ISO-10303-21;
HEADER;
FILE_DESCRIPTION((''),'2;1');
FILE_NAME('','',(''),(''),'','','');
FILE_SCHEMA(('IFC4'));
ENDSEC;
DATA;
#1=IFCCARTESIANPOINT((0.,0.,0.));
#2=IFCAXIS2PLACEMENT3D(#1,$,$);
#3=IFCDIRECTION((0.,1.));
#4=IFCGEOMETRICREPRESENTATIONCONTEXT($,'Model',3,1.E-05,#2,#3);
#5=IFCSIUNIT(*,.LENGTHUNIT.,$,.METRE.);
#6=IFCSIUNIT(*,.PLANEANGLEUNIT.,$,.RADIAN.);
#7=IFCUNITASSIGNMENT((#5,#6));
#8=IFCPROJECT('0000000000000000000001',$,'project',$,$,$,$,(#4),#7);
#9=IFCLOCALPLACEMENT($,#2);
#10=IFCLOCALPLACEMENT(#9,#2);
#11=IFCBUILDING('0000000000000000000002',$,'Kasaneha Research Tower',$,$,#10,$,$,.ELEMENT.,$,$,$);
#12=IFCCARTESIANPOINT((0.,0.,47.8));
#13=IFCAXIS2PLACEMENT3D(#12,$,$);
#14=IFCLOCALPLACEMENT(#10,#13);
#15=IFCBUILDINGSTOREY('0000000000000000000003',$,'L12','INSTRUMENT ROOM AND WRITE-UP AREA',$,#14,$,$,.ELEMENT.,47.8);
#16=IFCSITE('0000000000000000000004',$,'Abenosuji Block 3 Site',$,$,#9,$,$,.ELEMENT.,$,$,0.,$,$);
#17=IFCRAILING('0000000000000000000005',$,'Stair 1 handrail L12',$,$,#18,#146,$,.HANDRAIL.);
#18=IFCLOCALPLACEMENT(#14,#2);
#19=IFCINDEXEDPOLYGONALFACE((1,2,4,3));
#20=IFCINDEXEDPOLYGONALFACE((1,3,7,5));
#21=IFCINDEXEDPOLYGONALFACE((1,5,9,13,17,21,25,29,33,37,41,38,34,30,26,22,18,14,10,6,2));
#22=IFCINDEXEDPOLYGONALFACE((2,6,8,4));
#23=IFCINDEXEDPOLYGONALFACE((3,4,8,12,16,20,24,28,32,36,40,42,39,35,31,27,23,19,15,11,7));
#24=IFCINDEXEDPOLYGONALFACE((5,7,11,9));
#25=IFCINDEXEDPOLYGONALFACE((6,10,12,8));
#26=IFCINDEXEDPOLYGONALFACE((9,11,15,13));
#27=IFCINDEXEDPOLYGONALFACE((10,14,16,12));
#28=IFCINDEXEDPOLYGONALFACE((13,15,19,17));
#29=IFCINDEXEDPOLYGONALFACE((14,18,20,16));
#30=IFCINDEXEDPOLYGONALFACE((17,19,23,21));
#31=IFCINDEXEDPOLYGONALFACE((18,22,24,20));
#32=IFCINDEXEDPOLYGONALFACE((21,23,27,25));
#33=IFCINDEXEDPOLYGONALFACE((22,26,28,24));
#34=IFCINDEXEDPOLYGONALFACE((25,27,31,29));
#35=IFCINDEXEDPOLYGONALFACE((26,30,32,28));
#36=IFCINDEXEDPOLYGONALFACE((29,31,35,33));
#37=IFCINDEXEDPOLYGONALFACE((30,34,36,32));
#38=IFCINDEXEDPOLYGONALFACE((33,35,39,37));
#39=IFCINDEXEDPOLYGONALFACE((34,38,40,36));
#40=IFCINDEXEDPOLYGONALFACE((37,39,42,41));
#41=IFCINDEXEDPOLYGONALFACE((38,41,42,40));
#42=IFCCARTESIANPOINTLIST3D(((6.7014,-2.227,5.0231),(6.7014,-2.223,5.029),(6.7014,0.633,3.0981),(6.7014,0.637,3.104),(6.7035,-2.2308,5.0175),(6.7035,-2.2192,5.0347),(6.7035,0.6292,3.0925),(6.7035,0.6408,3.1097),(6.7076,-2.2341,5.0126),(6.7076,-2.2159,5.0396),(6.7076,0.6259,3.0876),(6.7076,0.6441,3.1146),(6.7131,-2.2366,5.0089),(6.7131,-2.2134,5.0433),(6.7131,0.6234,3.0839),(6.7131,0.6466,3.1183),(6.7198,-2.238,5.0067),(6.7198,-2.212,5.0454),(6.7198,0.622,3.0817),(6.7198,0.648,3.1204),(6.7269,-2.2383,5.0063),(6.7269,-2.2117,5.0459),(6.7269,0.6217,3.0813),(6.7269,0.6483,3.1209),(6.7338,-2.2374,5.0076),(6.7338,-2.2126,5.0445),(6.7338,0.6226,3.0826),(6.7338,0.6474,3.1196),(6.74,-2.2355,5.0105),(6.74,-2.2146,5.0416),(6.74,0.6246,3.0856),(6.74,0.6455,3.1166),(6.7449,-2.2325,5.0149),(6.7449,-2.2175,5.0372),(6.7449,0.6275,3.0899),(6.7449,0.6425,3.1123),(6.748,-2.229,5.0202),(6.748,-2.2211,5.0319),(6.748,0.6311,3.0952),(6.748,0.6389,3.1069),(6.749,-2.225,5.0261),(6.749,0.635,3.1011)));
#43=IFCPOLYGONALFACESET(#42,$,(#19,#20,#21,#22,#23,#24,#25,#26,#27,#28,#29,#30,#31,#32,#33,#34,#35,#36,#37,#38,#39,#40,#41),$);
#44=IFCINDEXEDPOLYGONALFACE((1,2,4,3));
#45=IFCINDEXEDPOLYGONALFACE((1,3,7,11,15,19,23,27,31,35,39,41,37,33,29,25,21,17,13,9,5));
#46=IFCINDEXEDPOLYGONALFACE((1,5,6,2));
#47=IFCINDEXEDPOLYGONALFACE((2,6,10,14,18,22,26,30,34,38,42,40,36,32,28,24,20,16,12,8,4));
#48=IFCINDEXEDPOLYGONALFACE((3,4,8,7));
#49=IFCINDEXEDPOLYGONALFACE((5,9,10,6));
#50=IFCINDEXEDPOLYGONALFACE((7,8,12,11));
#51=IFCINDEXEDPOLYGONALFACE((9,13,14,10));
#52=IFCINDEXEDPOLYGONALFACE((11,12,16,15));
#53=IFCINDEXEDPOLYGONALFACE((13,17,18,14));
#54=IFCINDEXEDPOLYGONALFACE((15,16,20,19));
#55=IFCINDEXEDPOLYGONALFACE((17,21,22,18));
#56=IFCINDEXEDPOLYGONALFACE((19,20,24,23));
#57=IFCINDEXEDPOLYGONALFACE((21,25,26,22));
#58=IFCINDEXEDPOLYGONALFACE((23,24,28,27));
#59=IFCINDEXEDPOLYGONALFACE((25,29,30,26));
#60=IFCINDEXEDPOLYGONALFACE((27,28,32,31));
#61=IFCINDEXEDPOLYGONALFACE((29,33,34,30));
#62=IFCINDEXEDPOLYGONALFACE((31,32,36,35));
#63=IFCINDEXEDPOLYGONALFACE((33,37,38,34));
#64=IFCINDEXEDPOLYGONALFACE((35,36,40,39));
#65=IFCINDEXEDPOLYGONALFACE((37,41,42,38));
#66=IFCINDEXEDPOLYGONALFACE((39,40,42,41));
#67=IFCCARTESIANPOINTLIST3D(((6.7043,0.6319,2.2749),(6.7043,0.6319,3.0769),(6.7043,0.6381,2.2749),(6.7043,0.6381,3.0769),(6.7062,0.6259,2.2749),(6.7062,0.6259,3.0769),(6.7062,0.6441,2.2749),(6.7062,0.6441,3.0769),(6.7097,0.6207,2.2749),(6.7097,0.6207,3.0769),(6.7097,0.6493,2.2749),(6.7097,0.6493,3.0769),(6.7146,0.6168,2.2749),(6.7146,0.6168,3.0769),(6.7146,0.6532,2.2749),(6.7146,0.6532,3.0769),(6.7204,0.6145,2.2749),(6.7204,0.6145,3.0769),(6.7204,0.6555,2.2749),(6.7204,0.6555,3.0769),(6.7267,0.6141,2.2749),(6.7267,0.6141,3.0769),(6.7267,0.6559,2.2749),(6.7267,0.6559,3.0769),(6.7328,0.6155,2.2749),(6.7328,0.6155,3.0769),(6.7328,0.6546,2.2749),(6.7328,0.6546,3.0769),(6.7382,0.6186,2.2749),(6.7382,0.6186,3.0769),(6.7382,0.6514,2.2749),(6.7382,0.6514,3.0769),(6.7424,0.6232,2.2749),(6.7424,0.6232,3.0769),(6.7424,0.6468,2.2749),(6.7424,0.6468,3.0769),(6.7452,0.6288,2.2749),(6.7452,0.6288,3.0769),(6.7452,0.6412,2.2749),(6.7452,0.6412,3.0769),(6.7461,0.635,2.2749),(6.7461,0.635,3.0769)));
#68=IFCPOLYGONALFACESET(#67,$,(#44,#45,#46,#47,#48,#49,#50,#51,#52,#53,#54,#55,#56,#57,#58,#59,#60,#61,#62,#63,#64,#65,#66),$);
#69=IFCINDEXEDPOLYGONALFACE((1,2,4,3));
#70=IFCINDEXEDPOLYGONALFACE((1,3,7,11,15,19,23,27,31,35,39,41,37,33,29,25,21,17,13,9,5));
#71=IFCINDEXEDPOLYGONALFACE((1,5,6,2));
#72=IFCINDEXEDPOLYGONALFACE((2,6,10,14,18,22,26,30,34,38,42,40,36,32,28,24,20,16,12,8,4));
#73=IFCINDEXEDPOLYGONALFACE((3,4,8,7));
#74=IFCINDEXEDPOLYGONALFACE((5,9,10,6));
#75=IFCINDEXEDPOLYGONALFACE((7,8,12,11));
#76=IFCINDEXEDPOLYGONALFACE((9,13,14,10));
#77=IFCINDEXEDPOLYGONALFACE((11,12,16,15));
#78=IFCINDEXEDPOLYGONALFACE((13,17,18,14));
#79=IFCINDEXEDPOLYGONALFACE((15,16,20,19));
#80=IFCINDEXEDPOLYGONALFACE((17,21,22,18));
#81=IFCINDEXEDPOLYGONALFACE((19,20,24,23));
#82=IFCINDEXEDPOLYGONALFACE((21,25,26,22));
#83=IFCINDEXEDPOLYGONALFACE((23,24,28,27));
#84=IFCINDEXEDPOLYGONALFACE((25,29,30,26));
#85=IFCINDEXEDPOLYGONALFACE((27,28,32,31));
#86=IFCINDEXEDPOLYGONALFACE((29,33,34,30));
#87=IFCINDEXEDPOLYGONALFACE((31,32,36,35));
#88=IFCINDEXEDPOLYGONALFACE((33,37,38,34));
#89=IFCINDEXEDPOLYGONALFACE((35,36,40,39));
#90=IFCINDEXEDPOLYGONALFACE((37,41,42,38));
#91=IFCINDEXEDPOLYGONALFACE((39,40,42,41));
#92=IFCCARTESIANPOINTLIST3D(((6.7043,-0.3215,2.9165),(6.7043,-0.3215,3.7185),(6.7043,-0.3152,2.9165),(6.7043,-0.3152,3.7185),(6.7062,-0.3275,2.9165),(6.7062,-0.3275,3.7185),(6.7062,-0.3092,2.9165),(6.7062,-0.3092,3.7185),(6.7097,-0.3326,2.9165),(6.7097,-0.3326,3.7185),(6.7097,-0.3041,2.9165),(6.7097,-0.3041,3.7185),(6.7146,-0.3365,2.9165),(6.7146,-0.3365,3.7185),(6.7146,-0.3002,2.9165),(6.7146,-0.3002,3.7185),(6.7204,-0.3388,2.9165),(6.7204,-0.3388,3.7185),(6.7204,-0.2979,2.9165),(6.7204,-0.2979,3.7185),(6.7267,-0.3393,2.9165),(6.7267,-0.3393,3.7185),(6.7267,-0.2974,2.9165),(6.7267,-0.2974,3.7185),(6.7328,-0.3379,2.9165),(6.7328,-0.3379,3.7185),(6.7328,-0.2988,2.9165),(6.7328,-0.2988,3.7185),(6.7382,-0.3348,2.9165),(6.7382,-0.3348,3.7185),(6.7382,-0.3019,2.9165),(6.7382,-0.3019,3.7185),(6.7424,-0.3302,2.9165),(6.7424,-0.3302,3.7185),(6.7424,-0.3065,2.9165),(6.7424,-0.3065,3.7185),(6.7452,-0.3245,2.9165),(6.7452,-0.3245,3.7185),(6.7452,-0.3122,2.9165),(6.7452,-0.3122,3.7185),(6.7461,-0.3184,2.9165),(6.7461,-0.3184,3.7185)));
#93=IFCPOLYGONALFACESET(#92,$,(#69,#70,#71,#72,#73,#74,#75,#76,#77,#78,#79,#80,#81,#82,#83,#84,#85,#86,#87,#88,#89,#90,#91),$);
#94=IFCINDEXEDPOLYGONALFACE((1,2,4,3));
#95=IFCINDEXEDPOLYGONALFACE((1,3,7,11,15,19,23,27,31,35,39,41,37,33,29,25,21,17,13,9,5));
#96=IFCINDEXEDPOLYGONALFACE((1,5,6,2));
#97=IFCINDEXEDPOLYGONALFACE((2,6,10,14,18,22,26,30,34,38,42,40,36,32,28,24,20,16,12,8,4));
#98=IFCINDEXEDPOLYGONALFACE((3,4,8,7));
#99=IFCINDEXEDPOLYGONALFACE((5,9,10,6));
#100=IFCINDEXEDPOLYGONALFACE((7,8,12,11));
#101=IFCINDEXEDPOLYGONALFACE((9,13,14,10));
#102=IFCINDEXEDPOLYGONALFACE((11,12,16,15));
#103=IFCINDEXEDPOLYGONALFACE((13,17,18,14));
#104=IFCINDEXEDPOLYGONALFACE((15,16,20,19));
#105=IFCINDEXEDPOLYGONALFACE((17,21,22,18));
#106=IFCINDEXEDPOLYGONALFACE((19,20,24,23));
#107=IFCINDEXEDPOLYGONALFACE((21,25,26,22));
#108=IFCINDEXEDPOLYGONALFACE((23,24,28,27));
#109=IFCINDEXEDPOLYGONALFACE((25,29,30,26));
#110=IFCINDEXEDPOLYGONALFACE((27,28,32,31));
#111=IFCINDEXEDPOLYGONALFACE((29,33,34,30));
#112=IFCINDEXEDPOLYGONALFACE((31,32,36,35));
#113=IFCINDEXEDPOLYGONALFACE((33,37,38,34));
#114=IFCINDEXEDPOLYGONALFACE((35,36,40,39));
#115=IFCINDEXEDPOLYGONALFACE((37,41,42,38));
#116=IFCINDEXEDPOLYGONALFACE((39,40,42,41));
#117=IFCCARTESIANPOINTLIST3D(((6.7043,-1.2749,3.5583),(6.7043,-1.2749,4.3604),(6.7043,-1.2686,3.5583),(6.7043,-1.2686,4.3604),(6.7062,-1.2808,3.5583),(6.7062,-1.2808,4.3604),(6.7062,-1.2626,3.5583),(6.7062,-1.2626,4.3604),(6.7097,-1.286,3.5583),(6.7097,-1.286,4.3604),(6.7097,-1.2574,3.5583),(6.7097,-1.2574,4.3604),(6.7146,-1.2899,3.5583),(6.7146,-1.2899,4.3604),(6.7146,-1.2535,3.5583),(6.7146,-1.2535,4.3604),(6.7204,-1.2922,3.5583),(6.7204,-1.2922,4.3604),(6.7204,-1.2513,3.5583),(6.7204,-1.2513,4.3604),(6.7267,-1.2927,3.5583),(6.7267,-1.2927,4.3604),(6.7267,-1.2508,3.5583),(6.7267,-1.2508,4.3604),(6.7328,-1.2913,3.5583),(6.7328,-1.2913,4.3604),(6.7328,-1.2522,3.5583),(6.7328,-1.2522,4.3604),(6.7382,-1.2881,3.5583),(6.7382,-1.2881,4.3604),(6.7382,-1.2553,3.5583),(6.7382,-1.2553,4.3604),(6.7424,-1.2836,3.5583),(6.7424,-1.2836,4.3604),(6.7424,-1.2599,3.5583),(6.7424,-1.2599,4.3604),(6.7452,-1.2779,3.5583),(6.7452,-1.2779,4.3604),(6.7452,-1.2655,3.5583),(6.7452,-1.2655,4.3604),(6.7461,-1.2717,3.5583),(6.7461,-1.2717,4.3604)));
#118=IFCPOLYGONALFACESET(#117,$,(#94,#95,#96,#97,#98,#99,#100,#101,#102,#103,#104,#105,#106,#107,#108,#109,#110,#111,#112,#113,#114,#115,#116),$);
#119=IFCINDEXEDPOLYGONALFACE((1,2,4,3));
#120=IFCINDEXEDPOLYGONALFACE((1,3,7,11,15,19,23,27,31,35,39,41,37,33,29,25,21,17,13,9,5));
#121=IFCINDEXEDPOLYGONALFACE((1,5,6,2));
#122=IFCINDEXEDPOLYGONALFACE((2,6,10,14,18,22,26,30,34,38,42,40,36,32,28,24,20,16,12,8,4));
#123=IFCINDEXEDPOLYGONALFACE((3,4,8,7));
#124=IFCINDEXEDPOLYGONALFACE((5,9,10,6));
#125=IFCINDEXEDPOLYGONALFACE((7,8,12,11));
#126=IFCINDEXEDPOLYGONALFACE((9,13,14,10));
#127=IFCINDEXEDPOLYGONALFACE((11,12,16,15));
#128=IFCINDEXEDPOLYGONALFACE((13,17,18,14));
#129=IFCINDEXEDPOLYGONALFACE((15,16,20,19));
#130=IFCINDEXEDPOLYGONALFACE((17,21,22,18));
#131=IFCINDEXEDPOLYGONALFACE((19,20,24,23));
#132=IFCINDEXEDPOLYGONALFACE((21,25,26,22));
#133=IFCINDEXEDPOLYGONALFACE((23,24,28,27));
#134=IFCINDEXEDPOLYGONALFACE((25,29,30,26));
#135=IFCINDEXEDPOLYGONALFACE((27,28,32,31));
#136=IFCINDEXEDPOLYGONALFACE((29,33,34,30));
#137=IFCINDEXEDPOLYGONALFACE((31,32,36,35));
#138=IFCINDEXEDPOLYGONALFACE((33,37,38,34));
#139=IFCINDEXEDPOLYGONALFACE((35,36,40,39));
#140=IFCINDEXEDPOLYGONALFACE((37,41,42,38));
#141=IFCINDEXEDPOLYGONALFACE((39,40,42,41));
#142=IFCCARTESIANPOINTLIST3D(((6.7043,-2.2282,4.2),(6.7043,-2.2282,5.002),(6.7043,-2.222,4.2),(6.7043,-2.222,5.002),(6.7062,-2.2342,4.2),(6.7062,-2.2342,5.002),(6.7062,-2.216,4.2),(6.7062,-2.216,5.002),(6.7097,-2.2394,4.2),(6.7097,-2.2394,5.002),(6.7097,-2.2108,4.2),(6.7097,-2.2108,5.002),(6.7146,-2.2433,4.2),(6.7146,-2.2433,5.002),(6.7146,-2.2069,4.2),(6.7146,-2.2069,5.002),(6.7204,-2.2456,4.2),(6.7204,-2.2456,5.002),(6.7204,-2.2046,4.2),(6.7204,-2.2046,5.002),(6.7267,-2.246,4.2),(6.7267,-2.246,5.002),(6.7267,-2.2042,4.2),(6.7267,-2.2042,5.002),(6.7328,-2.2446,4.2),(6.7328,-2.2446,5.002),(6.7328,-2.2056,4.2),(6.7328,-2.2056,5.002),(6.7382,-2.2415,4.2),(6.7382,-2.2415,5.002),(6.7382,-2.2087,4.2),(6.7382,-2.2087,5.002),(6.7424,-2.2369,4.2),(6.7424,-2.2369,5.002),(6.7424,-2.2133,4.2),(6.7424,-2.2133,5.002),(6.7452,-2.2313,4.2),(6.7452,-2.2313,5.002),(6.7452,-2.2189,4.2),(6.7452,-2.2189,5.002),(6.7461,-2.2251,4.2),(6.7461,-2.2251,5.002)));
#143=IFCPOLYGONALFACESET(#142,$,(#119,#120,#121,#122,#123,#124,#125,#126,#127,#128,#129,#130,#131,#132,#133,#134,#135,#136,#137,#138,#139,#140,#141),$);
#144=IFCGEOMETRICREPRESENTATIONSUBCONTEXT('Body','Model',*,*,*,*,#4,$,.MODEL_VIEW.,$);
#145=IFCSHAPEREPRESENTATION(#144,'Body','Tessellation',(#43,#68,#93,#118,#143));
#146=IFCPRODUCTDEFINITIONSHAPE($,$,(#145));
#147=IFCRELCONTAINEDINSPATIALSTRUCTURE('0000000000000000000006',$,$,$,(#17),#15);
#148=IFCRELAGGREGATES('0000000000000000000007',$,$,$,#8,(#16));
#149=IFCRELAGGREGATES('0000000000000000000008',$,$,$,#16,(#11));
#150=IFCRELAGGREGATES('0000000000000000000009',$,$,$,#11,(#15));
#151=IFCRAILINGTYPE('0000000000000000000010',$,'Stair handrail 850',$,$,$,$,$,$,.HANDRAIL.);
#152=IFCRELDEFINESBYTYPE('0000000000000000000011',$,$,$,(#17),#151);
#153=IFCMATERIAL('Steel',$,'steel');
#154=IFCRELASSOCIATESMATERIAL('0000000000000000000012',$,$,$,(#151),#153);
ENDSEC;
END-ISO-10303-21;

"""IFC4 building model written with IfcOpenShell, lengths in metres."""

from ifc_helpers import new_model, si_unit, direction, frame, origin, origin_2d, place, context, subcontext, project, spatial, circle, extrude, material, type_object, element, save


model = new_model("IFC4")

# Units and contexts
model_context = context("Model", 3, precision=1e-05, world=origin(), true_north=direction((0.0, 1.0)))
body_context = subcontext(model_context, "Body", "Model", "MODEL_VIEW")
ifc_project = project(units=[si_unit("LENGTHUNIT", "METRE"), si_unit("PLANEANGLEUNIT", "RADIAN")], contexts=[model_context])

# Site, building, storey
site_placement = place(None, origin())
site = spatial("IfcSite", under=ifc_project, at=site_placement, Name="Abenosuji Block 3 Site", CompositionType="ELEMENT", RefElevation=0.0)
building_placement = place(site_placement, origin())
building = spatial("IfcBuilding", under=site, at=building_placement, Name="Kasaneha Research Tower", CompositionType="ELEMENT")
storey_placement = place(building_placement, frame((0.0, 0.0, 47.8)))
storey = spatial("IfcBuildingStorey", under=building, at=storey_placement, Name="L12", Description="INSTRUMENT ROOM AND WRITE-UP AREA", CompositionType="ELEMENT", Elevation=47.8)

# Railing
ifc_material_1 = material(Name="Steel", Category="steel")
railing_type_1 = type_object("IfcRailingType", Name="Stair handrail 850", PredefinedType="HANDRAIL", material=ifc_material_1)
railing_1_placement = place(storey_placement, frame((6.7251, 0.635, 2.2749)))
element("IfcRailing", 1, at=railing_1_placement, inside=storey, type_object=railing_type_1, Name="Stair 1 handrail L12", PredefinedType="HANDRAIL", context=body_context, shape_type="SweptSolid", body=[
    extrude(circle(Radius=0.0239, at=origin_2d()), frame((0.0, 0.0, 0.8262), z_axis=(0.0, -0.829591, 0.558372), x_axis=(1.0, 0.0, 0.0)), (0.0, 0.0, 1.0), 3.4475),
    extrude(circle(Radius=0.021, at=origin_2d()), origin(), (0.0, 0.0, 1.0), 0.802),
    extrude(circle(Radius=0.021, at=origin_2d()), frame((0.0, -0.9534, 0.6416)), (0.0, 0.0, 1.0), 0.802),
    extrude(circle(Radius=0.021, at=origin_2d()), frame((0.0, -1.9067, 1.2834)), (0.0, 0.0, 1.0), 0.802),
    extrude(circle(Radius=0.021, at=origin_2d()), frame((0.0, -2.8601, 1.925)), (0.0, 0.0, 1.0), 0.802),
])

save(model, "model.ifc")
